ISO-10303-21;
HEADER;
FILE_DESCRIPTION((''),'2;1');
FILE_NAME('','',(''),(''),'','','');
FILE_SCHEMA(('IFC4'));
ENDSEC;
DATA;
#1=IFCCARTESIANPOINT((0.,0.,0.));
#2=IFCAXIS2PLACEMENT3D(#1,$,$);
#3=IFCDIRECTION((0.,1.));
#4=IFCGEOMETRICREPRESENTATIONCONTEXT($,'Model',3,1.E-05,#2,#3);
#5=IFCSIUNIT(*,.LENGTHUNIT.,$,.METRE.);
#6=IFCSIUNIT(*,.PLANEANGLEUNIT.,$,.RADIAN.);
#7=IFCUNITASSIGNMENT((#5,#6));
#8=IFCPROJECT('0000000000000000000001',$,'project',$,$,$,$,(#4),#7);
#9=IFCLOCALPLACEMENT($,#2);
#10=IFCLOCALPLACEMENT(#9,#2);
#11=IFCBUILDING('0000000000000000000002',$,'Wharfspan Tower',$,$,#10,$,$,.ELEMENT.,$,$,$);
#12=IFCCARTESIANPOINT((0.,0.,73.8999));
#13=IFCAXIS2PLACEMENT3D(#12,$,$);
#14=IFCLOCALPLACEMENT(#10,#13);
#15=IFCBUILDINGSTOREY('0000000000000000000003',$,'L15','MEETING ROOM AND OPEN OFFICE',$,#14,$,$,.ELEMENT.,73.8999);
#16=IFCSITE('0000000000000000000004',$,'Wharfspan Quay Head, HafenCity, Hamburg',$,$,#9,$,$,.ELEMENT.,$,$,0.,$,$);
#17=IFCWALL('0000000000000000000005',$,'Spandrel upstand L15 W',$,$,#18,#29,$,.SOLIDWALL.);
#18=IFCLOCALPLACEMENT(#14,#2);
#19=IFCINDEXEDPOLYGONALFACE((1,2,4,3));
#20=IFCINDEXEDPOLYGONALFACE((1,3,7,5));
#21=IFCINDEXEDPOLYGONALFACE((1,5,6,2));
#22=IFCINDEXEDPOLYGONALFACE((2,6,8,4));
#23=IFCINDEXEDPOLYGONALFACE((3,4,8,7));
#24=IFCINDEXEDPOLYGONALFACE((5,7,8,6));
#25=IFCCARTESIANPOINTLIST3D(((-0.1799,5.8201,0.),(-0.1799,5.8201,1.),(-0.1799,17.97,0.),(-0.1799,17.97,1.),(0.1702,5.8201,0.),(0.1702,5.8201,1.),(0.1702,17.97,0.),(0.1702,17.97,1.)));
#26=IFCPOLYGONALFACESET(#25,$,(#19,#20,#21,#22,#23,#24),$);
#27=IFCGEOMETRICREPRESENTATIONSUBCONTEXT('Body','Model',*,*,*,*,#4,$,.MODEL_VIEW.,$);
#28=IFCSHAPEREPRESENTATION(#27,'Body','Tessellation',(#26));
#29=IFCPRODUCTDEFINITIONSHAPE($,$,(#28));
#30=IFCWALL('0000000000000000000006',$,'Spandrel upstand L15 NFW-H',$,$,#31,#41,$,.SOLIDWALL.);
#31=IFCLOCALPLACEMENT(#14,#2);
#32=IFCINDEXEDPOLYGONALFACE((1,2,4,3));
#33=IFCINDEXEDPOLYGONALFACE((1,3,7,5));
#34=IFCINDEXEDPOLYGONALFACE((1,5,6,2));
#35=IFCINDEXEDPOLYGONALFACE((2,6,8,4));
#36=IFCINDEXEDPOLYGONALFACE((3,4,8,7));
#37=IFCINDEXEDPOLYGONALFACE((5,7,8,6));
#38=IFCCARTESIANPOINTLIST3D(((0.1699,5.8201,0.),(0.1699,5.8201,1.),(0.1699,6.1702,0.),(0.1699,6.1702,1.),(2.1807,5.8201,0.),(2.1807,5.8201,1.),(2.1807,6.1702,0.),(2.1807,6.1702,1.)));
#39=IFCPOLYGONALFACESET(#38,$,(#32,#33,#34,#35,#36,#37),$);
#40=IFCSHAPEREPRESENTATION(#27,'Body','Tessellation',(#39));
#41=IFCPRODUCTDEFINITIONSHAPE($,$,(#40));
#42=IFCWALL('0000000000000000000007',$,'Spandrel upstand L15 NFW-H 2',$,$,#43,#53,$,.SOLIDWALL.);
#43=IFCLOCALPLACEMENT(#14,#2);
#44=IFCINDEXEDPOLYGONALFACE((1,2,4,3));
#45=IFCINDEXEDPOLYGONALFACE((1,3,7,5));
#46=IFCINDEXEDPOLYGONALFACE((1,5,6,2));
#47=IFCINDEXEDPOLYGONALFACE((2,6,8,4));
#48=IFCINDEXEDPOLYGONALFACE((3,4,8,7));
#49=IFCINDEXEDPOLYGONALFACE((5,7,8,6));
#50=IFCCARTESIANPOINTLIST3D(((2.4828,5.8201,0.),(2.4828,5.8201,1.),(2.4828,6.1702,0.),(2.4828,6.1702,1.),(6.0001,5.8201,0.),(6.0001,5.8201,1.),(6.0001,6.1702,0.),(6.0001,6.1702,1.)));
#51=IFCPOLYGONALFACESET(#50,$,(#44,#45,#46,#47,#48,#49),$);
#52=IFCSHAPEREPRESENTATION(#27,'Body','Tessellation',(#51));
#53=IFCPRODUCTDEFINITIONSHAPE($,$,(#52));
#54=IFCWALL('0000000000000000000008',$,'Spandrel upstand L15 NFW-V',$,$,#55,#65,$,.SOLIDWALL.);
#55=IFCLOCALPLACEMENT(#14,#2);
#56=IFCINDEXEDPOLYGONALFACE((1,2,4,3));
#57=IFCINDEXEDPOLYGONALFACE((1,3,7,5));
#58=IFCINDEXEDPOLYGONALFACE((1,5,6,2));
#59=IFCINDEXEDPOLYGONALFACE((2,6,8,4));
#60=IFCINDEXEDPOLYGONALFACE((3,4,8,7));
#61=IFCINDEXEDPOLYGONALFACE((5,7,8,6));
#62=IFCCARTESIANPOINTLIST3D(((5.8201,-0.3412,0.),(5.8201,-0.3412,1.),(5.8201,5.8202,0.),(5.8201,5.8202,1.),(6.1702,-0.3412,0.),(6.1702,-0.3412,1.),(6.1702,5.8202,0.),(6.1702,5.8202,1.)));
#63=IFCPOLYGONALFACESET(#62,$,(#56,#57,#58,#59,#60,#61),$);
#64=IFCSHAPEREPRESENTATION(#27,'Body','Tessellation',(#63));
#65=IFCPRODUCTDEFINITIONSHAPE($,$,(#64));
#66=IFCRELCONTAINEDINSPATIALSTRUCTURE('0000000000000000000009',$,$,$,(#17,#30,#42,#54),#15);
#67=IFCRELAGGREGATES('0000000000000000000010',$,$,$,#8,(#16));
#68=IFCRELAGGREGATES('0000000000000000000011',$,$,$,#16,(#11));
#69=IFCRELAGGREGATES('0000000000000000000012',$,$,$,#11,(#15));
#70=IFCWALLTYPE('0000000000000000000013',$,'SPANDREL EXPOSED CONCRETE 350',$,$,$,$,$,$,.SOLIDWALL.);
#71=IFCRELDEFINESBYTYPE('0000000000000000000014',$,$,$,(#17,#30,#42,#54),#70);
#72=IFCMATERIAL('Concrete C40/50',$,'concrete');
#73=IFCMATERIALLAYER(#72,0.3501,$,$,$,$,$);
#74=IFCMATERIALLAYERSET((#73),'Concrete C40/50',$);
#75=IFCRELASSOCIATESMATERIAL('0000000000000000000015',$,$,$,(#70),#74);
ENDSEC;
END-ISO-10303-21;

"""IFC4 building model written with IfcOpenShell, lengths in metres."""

from ifc_helpers import new_model, si_unit, direction, frame, frame_2d, origin, place, context, subcontext, project, spatial, rectangle, extrude, material, layer, layer_set, type_object, element, save


model = new_model("IFC4")

# Units and contexts
model_context = context("Model", 3, precision=1e-05, world=origin(), true_north=direction((0.0, 1.0)))
body_context = subcontext(model_context, "Body", "Model", "MODEL_VIEW")
ifc_project = project(units=[si_unit("LENGTHUNIT", "METRE"), si_unit("PLANEANGLEUNIT", "RADIAN")], contexts=[model_context])

# Site, building, storey
site_placement = place(None, origin())
site = spatial("IfcSite", under=ifc_project, at=site_placement, Name="Wharfspan Quay Head, HafenCity, Hamburg", CompositionType="ELEMENT", RefElevation=0.0)
building_placement = place(site_placement, origin())
building = spatial("IfcBuilding", under=site, at=building_placement, Name="Wharfspan Tower", CompositionType="ELEMENT")
storey_placement = place(building_placement, frame((0.0, 0.0, 73.8999)))
storey = spatial("IfcBuildingStorey", under=building, at=storey_placement, Name="L15", Description="MEETING ROOM AND OPEN OFFICE", CompositionType="ELEMENT", Elevation=73.8999)

# Shared definitions
ifc_material_1 = material(Name="Concrete C40/50", Category="concrete")

# Walls
ifc_layer_1 = layer(ifc_material_1, 0.3501)
ifc_layer_set_1 = layer_set([ifc_layer_1], Name="Concrete C40/50")
wall_type_1 = type_object("IfcWallType", Name="SPANDREL EXPOSED CONCRETE 350", PredefinedType="SOLIDWALL", material=ifc_layer_set_1)
wall_1_placement = place(storey_placement, frame((-0.0049, 17.97, 0.0), z_axis=(0.0, 0.0, 1.0), x_axis=(0.0, -1.0, 0.0)))
element("IfcWall", 1, at=wall_1_placement, inside=storey, type_object=wall_type_1, Name="Spandrel upstand L15 W", PredefinedType="SOLIDWALL", context=body_context, shape_type="SweptSolid", body=[
    extrude(rectangle(XDim=12.1499, YDim=0.3501, at=frame_2d((6.075, 0.0))), origin(), (0.0, 0.0, 1.0), 1.0),
])
wall_2_placement = place(storey_placement, frame((0.1699, 5.9951, 0.0), z_axis=(0.0, 0.0, 1.0), x_axis=(1.0, 0.0, 0.0)))
element("IfcWall", 2, at=wall_2_placement, inside=storey, type_object=wall_type_1, Name="Spandrel upstand L15 NFW-H", PredefinedType="SOLIDWALL", context=body_context, shape_type="SweptSolid", body=[
    extrude(rectangle(XDim=2.0107, YDim=0.3501, at=frame_2d((1.0054, 0.0))), origin(), (0.0, 0.0, 1.0), 1.0),
])
wall_3_placement = place(storey_placement, frame((2.4827, 5.9951, 0.0), z_axis=(0.0, 0.0, 1.0), x_axis=(1.0, 0.0, 0.0)))
element("IfcWall", 3, at=wall_3_placement, inside=storey, type_object=wall_type_1, Name="Spandrel upstand L15 NFW-H 2", PredefinedType="SOLIDWALL", context=body_context, shape_type="SweptSolid", body=[
    extrude(rectangle(XDim=3.5173, YDim=0.3501, at=frame_2d((1.7588, 0.0))), origin(), (0.0, 0.0, 1.0), 1.0),
])
wall_4_placement = place(storey_placement, frame((5.9951, 5.8201, 0.0), z_axis=(0.0, 0.0, 1.0), x_axis=(0.0, -1.0, 0.0)))
element("IfcWall", 4, at=wall_4_placement, inside=storey, type_object=wall_type_1, Name="Spandrel upstand L15 NFW-V", PredefinedType="SOLIDWALL", context=body_context, shape_type="SweptSolid", body=[
    extrude(rectangle(XDim=6.1614, YDim=0.3501, at=frame_2d((3.0806, 0.0))), origin(), (0.0, 0.0, 1.0), 1.0),
])

save(model, "model.ifc")
